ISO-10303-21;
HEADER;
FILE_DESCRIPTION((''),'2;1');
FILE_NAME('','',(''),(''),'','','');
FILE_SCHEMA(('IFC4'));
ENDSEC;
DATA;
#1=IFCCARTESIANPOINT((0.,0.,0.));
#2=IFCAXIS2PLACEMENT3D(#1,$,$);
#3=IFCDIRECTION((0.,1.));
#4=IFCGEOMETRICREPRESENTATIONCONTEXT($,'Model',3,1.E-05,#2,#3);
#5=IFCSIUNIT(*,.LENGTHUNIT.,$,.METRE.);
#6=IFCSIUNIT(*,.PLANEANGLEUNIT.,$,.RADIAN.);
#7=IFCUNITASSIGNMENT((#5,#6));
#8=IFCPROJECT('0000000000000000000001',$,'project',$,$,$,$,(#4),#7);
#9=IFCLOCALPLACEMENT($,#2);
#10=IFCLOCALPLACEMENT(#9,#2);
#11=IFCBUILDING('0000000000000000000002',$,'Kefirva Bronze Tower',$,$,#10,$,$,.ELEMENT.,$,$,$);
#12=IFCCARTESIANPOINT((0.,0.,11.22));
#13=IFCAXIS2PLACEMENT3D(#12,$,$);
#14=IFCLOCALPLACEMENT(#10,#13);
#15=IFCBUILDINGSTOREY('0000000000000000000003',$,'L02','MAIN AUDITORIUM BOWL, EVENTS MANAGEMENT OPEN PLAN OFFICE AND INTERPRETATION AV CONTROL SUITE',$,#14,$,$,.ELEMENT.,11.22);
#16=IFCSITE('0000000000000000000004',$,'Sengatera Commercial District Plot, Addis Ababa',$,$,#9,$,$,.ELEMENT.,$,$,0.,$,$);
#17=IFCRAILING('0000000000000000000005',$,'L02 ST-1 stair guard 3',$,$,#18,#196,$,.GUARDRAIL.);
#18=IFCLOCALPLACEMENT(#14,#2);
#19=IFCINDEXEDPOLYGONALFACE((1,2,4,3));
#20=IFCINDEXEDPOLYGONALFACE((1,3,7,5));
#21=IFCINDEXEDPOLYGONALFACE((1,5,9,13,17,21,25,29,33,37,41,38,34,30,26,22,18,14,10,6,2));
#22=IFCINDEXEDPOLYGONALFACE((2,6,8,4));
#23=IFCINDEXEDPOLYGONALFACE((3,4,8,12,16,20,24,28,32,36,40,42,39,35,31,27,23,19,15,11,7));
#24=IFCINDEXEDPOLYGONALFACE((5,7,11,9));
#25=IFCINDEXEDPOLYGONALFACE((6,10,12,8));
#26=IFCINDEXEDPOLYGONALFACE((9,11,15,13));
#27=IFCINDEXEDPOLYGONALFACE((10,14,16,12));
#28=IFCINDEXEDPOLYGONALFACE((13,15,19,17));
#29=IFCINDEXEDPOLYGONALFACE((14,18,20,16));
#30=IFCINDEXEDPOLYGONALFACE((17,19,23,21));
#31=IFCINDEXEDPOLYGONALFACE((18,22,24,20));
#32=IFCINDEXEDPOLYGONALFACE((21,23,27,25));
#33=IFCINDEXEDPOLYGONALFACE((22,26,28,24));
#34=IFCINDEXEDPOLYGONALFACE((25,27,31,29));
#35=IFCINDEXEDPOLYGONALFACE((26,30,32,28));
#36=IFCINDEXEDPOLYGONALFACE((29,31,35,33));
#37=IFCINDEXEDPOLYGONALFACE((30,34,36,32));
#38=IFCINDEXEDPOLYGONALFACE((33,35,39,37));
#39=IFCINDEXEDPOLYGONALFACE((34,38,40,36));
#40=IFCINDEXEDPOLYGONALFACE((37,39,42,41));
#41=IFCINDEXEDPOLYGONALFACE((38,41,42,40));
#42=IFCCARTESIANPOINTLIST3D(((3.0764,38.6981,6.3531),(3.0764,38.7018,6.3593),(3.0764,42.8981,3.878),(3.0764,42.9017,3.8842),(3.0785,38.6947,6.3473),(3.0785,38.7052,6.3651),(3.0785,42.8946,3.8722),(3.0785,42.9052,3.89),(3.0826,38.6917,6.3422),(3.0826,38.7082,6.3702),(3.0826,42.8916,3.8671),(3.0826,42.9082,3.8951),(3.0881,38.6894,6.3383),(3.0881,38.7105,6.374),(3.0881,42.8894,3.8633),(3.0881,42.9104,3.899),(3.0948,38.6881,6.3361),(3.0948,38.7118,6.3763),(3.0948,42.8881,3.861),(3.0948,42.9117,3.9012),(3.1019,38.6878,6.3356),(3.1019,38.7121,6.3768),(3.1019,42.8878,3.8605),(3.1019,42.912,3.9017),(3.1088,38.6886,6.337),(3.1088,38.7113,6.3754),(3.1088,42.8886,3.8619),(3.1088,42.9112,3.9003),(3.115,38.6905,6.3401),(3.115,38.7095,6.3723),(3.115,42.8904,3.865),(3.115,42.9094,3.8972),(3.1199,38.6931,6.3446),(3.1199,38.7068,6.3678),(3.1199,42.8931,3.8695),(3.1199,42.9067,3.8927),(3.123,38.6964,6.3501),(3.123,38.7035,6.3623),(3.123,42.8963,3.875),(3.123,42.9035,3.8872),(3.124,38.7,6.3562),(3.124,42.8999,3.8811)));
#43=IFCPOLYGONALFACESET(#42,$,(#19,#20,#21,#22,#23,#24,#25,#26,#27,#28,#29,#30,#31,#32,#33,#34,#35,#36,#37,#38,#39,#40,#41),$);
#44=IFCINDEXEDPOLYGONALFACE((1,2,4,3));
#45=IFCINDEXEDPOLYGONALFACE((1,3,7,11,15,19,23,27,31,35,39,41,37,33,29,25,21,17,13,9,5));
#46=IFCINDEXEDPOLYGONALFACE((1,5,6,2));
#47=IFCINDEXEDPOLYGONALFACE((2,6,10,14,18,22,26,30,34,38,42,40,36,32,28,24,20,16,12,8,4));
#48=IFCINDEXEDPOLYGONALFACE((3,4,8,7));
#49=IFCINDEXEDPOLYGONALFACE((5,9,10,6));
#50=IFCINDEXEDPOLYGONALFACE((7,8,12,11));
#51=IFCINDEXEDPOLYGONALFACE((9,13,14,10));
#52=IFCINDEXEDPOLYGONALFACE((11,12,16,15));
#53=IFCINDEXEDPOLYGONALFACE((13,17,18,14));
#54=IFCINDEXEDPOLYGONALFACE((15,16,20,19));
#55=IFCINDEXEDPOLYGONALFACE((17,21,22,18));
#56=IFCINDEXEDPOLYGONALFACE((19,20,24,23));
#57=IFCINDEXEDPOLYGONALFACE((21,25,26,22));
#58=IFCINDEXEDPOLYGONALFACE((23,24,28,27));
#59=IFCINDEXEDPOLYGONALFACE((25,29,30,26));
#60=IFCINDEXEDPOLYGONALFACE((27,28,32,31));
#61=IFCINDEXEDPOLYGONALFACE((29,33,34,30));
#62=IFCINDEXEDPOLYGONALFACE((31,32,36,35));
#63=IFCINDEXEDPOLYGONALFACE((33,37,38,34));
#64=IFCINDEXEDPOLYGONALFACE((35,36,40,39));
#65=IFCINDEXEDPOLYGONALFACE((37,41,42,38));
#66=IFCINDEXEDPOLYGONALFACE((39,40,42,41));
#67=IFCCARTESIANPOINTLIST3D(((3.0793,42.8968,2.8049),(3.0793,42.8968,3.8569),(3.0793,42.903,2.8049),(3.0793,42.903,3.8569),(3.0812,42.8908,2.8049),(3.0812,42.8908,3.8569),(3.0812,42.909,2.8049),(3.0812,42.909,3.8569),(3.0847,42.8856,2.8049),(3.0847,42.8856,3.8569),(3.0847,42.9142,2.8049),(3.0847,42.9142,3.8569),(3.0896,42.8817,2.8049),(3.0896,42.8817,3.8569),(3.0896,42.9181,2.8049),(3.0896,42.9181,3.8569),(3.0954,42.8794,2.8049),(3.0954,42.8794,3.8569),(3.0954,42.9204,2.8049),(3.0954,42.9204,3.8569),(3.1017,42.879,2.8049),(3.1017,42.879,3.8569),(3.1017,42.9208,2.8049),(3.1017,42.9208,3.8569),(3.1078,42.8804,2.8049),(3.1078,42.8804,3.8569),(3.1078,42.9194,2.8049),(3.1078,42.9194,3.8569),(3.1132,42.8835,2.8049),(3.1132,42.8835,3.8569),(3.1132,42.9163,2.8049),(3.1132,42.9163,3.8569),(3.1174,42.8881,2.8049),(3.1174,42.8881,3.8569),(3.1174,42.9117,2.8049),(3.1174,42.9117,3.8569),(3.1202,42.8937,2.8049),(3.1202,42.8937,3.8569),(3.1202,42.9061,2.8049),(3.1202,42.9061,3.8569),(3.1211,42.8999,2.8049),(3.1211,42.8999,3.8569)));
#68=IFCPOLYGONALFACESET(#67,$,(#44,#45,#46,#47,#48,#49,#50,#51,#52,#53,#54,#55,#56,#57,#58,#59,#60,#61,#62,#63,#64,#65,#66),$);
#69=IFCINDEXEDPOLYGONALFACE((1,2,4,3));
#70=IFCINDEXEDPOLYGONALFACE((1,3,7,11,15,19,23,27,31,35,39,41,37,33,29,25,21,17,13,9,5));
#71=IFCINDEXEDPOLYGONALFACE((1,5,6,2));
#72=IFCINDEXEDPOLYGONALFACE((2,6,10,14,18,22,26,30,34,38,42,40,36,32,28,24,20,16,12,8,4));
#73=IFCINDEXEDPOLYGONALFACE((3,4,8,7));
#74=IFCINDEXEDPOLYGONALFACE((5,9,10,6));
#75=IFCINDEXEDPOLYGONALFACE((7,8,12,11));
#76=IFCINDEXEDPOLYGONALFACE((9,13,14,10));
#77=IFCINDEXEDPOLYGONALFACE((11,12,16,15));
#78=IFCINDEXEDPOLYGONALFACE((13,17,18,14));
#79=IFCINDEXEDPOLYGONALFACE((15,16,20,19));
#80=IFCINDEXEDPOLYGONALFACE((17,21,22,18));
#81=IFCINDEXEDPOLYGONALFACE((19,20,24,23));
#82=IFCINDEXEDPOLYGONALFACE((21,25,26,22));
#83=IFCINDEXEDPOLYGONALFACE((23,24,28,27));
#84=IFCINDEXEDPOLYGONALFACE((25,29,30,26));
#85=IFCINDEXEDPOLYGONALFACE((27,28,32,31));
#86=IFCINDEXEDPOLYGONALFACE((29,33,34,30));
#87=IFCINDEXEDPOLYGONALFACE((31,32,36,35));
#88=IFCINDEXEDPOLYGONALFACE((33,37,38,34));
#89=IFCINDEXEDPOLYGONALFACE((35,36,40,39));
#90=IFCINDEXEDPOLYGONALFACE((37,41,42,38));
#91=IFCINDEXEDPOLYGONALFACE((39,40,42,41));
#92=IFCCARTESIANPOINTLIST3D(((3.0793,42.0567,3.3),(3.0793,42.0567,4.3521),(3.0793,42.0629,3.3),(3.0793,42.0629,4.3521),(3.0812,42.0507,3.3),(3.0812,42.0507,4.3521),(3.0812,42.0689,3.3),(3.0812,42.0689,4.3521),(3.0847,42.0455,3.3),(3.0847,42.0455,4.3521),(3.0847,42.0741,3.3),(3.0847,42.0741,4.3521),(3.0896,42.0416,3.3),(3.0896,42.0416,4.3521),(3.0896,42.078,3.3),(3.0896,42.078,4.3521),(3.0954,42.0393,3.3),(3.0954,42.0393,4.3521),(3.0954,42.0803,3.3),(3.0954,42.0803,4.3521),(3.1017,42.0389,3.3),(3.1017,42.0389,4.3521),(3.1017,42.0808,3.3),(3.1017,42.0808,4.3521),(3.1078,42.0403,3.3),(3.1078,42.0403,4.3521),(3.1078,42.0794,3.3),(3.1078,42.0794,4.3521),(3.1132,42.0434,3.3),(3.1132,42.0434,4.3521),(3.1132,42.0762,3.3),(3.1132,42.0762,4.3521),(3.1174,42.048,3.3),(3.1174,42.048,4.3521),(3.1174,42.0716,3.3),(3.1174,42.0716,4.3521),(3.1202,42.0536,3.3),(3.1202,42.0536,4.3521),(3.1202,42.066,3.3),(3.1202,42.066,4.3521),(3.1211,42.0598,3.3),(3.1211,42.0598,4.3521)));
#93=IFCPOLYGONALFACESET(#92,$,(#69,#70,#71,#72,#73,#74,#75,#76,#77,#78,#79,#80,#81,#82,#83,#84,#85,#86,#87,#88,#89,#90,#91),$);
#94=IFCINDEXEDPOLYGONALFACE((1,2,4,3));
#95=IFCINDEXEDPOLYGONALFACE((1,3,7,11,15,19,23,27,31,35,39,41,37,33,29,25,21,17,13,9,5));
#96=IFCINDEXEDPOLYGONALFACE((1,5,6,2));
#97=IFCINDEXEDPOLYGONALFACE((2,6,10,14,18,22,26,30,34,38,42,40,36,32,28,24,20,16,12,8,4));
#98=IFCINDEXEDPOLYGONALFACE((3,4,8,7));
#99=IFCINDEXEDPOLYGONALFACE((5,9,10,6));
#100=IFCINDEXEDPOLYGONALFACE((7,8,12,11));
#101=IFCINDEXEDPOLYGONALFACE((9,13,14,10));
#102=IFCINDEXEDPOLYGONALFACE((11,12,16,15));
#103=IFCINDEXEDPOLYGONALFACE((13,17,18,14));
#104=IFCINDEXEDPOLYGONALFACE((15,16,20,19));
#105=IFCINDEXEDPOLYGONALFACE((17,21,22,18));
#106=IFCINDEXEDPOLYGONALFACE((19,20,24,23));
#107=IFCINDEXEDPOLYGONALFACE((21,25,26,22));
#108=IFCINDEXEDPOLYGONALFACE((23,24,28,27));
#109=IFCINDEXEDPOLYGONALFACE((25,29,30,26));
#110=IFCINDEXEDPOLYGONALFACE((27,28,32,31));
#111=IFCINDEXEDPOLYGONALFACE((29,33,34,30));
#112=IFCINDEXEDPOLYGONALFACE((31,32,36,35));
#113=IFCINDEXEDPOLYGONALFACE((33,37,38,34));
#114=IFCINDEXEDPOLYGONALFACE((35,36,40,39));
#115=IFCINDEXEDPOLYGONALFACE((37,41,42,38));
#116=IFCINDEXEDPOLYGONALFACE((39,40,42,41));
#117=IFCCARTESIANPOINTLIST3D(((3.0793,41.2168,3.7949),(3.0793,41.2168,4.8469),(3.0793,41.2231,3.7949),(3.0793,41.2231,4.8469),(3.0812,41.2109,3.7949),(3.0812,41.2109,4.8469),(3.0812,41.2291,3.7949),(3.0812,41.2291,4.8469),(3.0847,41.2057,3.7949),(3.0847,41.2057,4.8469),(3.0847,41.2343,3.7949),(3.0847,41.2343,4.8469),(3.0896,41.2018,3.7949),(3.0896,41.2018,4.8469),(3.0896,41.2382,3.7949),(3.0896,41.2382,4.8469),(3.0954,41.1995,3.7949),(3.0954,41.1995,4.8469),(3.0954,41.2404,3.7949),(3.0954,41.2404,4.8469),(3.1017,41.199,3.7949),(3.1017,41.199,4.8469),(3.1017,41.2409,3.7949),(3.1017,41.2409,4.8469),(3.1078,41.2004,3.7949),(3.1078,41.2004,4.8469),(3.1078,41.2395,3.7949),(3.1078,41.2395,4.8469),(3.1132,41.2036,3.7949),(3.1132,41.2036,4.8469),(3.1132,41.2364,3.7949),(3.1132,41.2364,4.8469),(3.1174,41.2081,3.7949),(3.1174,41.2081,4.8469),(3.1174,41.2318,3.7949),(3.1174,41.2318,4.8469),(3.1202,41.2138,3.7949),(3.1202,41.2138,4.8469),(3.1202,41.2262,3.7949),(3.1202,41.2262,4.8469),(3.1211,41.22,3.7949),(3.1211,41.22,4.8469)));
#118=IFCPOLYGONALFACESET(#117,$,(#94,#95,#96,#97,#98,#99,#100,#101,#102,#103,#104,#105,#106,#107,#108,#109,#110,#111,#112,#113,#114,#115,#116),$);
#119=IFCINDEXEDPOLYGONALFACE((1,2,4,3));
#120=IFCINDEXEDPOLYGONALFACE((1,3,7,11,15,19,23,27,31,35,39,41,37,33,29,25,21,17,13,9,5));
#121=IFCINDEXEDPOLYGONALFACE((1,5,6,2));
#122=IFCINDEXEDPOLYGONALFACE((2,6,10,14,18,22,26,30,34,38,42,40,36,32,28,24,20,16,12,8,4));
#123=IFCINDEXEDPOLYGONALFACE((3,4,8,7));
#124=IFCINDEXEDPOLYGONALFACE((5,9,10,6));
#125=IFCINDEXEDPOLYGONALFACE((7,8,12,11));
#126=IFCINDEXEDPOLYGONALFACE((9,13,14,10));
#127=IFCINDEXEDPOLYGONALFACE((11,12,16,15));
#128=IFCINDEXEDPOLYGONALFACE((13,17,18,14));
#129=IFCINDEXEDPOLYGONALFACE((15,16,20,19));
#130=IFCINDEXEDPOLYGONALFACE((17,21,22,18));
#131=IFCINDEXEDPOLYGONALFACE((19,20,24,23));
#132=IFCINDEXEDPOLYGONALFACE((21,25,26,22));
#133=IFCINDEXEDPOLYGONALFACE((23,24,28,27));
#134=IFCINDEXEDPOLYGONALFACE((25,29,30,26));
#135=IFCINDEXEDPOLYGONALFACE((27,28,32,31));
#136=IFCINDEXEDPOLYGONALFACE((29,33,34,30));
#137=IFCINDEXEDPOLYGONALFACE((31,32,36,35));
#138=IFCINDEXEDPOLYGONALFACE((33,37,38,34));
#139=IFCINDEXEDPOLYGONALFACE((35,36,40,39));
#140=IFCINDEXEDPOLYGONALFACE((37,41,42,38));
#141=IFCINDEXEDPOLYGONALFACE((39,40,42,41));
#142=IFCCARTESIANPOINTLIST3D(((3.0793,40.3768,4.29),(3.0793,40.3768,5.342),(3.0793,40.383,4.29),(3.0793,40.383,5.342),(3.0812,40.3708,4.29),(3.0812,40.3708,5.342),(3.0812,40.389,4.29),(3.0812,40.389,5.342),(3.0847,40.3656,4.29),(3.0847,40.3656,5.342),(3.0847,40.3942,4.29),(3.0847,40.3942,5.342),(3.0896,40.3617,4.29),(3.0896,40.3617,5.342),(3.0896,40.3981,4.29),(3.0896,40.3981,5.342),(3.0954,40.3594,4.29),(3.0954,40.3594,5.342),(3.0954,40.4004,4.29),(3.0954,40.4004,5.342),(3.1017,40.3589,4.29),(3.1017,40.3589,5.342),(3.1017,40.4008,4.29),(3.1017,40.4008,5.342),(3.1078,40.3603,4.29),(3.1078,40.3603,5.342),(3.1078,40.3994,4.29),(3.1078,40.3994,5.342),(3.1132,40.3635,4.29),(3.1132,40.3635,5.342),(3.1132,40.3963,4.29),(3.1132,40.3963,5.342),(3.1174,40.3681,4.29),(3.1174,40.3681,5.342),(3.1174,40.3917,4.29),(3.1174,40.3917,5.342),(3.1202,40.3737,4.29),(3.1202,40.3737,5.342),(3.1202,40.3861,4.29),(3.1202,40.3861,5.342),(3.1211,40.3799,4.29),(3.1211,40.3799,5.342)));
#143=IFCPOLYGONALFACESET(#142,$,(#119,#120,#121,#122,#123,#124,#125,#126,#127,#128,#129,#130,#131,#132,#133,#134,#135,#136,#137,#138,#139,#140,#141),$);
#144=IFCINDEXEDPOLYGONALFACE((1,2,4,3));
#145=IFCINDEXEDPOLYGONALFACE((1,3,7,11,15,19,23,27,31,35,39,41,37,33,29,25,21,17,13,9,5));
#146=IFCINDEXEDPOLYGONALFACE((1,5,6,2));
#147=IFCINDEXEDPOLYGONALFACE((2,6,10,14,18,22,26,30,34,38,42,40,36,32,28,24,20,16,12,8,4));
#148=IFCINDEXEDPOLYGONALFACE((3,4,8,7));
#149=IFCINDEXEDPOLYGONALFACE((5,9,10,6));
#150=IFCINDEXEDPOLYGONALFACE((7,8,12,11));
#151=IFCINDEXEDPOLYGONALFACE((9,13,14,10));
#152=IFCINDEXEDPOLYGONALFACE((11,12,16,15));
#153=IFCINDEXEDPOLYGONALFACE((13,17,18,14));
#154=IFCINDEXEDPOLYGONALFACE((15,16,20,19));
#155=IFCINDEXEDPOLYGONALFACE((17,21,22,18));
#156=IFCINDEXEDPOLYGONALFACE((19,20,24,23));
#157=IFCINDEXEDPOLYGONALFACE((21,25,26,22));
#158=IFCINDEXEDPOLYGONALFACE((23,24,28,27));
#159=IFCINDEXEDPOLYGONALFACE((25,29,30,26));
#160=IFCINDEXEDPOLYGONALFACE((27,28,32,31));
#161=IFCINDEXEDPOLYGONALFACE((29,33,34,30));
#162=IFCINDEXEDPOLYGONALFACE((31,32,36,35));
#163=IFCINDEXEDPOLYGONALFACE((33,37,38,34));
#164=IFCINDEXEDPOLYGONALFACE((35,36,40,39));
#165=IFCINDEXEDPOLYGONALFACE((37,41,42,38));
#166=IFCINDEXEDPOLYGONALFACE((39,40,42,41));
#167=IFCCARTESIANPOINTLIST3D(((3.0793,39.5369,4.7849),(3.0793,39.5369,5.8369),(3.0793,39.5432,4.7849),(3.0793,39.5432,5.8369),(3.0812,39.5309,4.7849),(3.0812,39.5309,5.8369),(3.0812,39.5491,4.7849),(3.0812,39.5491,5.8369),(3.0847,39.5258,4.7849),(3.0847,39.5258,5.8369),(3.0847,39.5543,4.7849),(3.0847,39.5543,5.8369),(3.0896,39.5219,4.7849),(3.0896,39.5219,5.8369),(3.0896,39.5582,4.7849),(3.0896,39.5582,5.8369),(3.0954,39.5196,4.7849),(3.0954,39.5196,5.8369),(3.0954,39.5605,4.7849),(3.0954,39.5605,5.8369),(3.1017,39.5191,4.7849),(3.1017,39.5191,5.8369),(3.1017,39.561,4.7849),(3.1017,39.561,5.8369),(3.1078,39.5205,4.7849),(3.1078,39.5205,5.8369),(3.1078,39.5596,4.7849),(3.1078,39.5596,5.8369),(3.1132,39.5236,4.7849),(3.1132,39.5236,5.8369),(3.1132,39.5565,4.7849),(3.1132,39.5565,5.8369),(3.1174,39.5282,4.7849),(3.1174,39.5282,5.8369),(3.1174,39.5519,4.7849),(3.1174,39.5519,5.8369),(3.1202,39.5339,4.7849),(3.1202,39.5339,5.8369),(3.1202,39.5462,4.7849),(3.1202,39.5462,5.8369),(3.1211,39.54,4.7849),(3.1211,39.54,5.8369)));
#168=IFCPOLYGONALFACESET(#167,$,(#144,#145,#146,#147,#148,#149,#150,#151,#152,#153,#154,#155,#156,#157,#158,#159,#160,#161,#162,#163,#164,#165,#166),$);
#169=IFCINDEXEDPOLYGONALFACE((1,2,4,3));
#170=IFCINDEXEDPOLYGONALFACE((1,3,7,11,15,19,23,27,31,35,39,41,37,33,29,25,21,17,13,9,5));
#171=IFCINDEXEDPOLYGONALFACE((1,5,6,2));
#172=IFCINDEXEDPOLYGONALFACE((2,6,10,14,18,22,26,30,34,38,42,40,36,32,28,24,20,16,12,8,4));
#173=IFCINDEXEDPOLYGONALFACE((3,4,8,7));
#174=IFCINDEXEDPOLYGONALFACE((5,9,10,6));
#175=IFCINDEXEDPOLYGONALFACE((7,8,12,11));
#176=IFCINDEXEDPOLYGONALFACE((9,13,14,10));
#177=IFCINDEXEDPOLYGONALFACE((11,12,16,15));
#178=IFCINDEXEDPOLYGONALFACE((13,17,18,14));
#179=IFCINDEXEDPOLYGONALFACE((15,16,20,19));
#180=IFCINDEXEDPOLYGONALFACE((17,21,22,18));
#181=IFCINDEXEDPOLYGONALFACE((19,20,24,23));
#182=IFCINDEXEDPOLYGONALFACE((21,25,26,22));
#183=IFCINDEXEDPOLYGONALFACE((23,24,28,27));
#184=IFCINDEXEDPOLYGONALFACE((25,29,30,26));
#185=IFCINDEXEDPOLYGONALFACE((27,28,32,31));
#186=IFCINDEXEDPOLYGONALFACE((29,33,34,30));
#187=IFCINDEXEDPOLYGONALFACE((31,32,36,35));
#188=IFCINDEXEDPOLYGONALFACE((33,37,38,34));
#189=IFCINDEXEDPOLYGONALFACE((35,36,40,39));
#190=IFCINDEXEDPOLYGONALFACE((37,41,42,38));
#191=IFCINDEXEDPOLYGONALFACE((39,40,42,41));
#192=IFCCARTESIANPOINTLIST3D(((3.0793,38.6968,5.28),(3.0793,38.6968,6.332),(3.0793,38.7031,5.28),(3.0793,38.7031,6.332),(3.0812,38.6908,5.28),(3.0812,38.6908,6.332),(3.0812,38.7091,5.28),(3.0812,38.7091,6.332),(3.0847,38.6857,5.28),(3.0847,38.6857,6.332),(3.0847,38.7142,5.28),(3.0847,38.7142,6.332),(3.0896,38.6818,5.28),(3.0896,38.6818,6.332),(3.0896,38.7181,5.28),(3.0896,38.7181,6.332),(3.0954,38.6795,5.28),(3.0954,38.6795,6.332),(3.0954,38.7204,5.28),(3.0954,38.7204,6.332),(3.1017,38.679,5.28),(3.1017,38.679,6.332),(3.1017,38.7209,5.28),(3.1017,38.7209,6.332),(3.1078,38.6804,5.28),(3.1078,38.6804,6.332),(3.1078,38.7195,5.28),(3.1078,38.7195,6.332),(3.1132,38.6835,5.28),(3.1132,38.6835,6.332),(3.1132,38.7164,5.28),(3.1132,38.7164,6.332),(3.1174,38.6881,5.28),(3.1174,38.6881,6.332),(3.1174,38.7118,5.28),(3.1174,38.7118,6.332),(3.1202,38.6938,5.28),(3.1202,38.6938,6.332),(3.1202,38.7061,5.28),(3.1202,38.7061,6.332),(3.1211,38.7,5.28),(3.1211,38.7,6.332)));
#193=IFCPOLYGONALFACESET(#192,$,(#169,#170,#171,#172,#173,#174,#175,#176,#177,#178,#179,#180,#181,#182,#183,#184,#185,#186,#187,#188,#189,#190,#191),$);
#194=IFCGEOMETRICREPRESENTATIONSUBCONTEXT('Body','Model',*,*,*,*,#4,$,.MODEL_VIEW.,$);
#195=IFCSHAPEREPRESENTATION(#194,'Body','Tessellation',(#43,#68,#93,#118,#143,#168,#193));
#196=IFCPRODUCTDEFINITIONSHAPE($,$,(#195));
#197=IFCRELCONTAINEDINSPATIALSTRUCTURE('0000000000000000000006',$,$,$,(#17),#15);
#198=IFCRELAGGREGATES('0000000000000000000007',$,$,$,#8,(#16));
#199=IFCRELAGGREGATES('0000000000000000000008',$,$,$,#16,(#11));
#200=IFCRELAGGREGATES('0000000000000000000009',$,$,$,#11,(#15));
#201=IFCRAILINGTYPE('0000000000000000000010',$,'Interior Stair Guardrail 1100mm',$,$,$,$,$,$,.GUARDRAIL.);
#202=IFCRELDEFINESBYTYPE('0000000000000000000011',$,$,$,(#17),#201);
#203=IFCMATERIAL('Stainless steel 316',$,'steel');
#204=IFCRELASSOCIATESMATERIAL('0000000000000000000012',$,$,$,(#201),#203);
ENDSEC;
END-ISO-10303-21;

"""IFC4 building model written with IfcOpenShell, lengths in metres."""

from ifc_helpers import new_model, si_unit, direction, frame, origin, origin_2d, place, context, subcontext, project, spatial, circle, extrude, material, type_object, element, save


model = new_model("IFC4")

# Units and contexts
model_context = context("Model", 3, precision=1e-05, world=origin(), true_north=direction((0.0, 1.0)))
body_context = subcontext(model_context, "Body", "Model", "MODEL_VIEW")
ifc_project = project(units=[si_unit("LENGTHUNIT", "METRE"), si_unit("PLANEANGLEUNIT", "RADIAN")], contexts=[model_context])

# Site, building, storey
site_placement = place(None, origin())
site = spatial("IfcSite", under=ifc_project, at=site_placement, Name="Sengatera Commercial District Plot, Addis Ababa", CompositionType="ELEMENT", RefElevation=0.0)
building_placement = place(site_placement, origin())
building = spatial("IfcBuilding", under=site, at=building_placement, Name="Kefirva Bronze Tower", CompositionType="ELEMENT")
storey_placement = place(building_placement, frame((0.0, 0.0, 11.22)))
storey = spatial("IfcBuildingStorey", under=building, at=storey_placement, Name="L02", Description="MAIN AUDITORIUM BOWL, EVENTS MANAGEMENT OPEN PLAN OFFICE AND INTERPRETATION AV CONTROL SUITE", CompositionType="ELEMENT", Elevation=11.22)

# Shared definitions
ifc_material_1 = material(Name="Stainless steel 316", Category="steel")

# Railing
railing_type_1 = type_object("IfcRailingType", Name="Interior Stair Guardrail 1100mm", PredefinedType="GUARDRAIL", material=ifc_material_1)
railing_1_placement = place(storey_placement, frame((3.1001, 42.8999, 2.8049)))
element("IfcRailing", 1, at=railing_1_placement, inside=storey, type_object=railing_type_1, Name="L02 ST-1 stair guard 3", PredefinedType="GUARDRAIL", context=body_context, shape_type="SweptSolid", body=[
    extrude(circle(Radius=0.0239, at=origin_2d()), frame((0.0, 0.0, 1.0762), z_axis=(0.0, -0.861527, 0.507712), x_axis=(1.0, 0.0, 0.0)), (0.0, 0.0, 1.0), 4.875),
    extrude(circle(Radius=0.021, at=origin_2d()), origin(), (0.0, 0.0, 1.0), 1.052),
    extrude(circle(Radius=0.021, at=origin_2d()), frame((0.0, -0.8401, 0.4951)), (0.0, 0.0, 1.0), 1.052),
    extrude(circle(Radius=0.021, at=origin_2d()), frame((0.0, -1.6799, 0.99)), (0.0, 0.0, 1.0), 1.052),
    extrude(circle(Radius=0.021, at=origin_2d()), frame((0.0, -2.52, 1.4851)), (0.0, 0.0, 1.0), 1.052),
    extrude(circle(Radius=0.021, at=origin_2d()), frame((0.0, -3.3599, 1.98)), (0.0, 0.0, 1.0), 1.052),
    extrude(circle(Radius=0.021, at=origin_2d()), frame((0.0, -4.2, 2.4751)), (0.0, 0.0, 1.0), 1.052),
])

save(model, "model.ifc")
